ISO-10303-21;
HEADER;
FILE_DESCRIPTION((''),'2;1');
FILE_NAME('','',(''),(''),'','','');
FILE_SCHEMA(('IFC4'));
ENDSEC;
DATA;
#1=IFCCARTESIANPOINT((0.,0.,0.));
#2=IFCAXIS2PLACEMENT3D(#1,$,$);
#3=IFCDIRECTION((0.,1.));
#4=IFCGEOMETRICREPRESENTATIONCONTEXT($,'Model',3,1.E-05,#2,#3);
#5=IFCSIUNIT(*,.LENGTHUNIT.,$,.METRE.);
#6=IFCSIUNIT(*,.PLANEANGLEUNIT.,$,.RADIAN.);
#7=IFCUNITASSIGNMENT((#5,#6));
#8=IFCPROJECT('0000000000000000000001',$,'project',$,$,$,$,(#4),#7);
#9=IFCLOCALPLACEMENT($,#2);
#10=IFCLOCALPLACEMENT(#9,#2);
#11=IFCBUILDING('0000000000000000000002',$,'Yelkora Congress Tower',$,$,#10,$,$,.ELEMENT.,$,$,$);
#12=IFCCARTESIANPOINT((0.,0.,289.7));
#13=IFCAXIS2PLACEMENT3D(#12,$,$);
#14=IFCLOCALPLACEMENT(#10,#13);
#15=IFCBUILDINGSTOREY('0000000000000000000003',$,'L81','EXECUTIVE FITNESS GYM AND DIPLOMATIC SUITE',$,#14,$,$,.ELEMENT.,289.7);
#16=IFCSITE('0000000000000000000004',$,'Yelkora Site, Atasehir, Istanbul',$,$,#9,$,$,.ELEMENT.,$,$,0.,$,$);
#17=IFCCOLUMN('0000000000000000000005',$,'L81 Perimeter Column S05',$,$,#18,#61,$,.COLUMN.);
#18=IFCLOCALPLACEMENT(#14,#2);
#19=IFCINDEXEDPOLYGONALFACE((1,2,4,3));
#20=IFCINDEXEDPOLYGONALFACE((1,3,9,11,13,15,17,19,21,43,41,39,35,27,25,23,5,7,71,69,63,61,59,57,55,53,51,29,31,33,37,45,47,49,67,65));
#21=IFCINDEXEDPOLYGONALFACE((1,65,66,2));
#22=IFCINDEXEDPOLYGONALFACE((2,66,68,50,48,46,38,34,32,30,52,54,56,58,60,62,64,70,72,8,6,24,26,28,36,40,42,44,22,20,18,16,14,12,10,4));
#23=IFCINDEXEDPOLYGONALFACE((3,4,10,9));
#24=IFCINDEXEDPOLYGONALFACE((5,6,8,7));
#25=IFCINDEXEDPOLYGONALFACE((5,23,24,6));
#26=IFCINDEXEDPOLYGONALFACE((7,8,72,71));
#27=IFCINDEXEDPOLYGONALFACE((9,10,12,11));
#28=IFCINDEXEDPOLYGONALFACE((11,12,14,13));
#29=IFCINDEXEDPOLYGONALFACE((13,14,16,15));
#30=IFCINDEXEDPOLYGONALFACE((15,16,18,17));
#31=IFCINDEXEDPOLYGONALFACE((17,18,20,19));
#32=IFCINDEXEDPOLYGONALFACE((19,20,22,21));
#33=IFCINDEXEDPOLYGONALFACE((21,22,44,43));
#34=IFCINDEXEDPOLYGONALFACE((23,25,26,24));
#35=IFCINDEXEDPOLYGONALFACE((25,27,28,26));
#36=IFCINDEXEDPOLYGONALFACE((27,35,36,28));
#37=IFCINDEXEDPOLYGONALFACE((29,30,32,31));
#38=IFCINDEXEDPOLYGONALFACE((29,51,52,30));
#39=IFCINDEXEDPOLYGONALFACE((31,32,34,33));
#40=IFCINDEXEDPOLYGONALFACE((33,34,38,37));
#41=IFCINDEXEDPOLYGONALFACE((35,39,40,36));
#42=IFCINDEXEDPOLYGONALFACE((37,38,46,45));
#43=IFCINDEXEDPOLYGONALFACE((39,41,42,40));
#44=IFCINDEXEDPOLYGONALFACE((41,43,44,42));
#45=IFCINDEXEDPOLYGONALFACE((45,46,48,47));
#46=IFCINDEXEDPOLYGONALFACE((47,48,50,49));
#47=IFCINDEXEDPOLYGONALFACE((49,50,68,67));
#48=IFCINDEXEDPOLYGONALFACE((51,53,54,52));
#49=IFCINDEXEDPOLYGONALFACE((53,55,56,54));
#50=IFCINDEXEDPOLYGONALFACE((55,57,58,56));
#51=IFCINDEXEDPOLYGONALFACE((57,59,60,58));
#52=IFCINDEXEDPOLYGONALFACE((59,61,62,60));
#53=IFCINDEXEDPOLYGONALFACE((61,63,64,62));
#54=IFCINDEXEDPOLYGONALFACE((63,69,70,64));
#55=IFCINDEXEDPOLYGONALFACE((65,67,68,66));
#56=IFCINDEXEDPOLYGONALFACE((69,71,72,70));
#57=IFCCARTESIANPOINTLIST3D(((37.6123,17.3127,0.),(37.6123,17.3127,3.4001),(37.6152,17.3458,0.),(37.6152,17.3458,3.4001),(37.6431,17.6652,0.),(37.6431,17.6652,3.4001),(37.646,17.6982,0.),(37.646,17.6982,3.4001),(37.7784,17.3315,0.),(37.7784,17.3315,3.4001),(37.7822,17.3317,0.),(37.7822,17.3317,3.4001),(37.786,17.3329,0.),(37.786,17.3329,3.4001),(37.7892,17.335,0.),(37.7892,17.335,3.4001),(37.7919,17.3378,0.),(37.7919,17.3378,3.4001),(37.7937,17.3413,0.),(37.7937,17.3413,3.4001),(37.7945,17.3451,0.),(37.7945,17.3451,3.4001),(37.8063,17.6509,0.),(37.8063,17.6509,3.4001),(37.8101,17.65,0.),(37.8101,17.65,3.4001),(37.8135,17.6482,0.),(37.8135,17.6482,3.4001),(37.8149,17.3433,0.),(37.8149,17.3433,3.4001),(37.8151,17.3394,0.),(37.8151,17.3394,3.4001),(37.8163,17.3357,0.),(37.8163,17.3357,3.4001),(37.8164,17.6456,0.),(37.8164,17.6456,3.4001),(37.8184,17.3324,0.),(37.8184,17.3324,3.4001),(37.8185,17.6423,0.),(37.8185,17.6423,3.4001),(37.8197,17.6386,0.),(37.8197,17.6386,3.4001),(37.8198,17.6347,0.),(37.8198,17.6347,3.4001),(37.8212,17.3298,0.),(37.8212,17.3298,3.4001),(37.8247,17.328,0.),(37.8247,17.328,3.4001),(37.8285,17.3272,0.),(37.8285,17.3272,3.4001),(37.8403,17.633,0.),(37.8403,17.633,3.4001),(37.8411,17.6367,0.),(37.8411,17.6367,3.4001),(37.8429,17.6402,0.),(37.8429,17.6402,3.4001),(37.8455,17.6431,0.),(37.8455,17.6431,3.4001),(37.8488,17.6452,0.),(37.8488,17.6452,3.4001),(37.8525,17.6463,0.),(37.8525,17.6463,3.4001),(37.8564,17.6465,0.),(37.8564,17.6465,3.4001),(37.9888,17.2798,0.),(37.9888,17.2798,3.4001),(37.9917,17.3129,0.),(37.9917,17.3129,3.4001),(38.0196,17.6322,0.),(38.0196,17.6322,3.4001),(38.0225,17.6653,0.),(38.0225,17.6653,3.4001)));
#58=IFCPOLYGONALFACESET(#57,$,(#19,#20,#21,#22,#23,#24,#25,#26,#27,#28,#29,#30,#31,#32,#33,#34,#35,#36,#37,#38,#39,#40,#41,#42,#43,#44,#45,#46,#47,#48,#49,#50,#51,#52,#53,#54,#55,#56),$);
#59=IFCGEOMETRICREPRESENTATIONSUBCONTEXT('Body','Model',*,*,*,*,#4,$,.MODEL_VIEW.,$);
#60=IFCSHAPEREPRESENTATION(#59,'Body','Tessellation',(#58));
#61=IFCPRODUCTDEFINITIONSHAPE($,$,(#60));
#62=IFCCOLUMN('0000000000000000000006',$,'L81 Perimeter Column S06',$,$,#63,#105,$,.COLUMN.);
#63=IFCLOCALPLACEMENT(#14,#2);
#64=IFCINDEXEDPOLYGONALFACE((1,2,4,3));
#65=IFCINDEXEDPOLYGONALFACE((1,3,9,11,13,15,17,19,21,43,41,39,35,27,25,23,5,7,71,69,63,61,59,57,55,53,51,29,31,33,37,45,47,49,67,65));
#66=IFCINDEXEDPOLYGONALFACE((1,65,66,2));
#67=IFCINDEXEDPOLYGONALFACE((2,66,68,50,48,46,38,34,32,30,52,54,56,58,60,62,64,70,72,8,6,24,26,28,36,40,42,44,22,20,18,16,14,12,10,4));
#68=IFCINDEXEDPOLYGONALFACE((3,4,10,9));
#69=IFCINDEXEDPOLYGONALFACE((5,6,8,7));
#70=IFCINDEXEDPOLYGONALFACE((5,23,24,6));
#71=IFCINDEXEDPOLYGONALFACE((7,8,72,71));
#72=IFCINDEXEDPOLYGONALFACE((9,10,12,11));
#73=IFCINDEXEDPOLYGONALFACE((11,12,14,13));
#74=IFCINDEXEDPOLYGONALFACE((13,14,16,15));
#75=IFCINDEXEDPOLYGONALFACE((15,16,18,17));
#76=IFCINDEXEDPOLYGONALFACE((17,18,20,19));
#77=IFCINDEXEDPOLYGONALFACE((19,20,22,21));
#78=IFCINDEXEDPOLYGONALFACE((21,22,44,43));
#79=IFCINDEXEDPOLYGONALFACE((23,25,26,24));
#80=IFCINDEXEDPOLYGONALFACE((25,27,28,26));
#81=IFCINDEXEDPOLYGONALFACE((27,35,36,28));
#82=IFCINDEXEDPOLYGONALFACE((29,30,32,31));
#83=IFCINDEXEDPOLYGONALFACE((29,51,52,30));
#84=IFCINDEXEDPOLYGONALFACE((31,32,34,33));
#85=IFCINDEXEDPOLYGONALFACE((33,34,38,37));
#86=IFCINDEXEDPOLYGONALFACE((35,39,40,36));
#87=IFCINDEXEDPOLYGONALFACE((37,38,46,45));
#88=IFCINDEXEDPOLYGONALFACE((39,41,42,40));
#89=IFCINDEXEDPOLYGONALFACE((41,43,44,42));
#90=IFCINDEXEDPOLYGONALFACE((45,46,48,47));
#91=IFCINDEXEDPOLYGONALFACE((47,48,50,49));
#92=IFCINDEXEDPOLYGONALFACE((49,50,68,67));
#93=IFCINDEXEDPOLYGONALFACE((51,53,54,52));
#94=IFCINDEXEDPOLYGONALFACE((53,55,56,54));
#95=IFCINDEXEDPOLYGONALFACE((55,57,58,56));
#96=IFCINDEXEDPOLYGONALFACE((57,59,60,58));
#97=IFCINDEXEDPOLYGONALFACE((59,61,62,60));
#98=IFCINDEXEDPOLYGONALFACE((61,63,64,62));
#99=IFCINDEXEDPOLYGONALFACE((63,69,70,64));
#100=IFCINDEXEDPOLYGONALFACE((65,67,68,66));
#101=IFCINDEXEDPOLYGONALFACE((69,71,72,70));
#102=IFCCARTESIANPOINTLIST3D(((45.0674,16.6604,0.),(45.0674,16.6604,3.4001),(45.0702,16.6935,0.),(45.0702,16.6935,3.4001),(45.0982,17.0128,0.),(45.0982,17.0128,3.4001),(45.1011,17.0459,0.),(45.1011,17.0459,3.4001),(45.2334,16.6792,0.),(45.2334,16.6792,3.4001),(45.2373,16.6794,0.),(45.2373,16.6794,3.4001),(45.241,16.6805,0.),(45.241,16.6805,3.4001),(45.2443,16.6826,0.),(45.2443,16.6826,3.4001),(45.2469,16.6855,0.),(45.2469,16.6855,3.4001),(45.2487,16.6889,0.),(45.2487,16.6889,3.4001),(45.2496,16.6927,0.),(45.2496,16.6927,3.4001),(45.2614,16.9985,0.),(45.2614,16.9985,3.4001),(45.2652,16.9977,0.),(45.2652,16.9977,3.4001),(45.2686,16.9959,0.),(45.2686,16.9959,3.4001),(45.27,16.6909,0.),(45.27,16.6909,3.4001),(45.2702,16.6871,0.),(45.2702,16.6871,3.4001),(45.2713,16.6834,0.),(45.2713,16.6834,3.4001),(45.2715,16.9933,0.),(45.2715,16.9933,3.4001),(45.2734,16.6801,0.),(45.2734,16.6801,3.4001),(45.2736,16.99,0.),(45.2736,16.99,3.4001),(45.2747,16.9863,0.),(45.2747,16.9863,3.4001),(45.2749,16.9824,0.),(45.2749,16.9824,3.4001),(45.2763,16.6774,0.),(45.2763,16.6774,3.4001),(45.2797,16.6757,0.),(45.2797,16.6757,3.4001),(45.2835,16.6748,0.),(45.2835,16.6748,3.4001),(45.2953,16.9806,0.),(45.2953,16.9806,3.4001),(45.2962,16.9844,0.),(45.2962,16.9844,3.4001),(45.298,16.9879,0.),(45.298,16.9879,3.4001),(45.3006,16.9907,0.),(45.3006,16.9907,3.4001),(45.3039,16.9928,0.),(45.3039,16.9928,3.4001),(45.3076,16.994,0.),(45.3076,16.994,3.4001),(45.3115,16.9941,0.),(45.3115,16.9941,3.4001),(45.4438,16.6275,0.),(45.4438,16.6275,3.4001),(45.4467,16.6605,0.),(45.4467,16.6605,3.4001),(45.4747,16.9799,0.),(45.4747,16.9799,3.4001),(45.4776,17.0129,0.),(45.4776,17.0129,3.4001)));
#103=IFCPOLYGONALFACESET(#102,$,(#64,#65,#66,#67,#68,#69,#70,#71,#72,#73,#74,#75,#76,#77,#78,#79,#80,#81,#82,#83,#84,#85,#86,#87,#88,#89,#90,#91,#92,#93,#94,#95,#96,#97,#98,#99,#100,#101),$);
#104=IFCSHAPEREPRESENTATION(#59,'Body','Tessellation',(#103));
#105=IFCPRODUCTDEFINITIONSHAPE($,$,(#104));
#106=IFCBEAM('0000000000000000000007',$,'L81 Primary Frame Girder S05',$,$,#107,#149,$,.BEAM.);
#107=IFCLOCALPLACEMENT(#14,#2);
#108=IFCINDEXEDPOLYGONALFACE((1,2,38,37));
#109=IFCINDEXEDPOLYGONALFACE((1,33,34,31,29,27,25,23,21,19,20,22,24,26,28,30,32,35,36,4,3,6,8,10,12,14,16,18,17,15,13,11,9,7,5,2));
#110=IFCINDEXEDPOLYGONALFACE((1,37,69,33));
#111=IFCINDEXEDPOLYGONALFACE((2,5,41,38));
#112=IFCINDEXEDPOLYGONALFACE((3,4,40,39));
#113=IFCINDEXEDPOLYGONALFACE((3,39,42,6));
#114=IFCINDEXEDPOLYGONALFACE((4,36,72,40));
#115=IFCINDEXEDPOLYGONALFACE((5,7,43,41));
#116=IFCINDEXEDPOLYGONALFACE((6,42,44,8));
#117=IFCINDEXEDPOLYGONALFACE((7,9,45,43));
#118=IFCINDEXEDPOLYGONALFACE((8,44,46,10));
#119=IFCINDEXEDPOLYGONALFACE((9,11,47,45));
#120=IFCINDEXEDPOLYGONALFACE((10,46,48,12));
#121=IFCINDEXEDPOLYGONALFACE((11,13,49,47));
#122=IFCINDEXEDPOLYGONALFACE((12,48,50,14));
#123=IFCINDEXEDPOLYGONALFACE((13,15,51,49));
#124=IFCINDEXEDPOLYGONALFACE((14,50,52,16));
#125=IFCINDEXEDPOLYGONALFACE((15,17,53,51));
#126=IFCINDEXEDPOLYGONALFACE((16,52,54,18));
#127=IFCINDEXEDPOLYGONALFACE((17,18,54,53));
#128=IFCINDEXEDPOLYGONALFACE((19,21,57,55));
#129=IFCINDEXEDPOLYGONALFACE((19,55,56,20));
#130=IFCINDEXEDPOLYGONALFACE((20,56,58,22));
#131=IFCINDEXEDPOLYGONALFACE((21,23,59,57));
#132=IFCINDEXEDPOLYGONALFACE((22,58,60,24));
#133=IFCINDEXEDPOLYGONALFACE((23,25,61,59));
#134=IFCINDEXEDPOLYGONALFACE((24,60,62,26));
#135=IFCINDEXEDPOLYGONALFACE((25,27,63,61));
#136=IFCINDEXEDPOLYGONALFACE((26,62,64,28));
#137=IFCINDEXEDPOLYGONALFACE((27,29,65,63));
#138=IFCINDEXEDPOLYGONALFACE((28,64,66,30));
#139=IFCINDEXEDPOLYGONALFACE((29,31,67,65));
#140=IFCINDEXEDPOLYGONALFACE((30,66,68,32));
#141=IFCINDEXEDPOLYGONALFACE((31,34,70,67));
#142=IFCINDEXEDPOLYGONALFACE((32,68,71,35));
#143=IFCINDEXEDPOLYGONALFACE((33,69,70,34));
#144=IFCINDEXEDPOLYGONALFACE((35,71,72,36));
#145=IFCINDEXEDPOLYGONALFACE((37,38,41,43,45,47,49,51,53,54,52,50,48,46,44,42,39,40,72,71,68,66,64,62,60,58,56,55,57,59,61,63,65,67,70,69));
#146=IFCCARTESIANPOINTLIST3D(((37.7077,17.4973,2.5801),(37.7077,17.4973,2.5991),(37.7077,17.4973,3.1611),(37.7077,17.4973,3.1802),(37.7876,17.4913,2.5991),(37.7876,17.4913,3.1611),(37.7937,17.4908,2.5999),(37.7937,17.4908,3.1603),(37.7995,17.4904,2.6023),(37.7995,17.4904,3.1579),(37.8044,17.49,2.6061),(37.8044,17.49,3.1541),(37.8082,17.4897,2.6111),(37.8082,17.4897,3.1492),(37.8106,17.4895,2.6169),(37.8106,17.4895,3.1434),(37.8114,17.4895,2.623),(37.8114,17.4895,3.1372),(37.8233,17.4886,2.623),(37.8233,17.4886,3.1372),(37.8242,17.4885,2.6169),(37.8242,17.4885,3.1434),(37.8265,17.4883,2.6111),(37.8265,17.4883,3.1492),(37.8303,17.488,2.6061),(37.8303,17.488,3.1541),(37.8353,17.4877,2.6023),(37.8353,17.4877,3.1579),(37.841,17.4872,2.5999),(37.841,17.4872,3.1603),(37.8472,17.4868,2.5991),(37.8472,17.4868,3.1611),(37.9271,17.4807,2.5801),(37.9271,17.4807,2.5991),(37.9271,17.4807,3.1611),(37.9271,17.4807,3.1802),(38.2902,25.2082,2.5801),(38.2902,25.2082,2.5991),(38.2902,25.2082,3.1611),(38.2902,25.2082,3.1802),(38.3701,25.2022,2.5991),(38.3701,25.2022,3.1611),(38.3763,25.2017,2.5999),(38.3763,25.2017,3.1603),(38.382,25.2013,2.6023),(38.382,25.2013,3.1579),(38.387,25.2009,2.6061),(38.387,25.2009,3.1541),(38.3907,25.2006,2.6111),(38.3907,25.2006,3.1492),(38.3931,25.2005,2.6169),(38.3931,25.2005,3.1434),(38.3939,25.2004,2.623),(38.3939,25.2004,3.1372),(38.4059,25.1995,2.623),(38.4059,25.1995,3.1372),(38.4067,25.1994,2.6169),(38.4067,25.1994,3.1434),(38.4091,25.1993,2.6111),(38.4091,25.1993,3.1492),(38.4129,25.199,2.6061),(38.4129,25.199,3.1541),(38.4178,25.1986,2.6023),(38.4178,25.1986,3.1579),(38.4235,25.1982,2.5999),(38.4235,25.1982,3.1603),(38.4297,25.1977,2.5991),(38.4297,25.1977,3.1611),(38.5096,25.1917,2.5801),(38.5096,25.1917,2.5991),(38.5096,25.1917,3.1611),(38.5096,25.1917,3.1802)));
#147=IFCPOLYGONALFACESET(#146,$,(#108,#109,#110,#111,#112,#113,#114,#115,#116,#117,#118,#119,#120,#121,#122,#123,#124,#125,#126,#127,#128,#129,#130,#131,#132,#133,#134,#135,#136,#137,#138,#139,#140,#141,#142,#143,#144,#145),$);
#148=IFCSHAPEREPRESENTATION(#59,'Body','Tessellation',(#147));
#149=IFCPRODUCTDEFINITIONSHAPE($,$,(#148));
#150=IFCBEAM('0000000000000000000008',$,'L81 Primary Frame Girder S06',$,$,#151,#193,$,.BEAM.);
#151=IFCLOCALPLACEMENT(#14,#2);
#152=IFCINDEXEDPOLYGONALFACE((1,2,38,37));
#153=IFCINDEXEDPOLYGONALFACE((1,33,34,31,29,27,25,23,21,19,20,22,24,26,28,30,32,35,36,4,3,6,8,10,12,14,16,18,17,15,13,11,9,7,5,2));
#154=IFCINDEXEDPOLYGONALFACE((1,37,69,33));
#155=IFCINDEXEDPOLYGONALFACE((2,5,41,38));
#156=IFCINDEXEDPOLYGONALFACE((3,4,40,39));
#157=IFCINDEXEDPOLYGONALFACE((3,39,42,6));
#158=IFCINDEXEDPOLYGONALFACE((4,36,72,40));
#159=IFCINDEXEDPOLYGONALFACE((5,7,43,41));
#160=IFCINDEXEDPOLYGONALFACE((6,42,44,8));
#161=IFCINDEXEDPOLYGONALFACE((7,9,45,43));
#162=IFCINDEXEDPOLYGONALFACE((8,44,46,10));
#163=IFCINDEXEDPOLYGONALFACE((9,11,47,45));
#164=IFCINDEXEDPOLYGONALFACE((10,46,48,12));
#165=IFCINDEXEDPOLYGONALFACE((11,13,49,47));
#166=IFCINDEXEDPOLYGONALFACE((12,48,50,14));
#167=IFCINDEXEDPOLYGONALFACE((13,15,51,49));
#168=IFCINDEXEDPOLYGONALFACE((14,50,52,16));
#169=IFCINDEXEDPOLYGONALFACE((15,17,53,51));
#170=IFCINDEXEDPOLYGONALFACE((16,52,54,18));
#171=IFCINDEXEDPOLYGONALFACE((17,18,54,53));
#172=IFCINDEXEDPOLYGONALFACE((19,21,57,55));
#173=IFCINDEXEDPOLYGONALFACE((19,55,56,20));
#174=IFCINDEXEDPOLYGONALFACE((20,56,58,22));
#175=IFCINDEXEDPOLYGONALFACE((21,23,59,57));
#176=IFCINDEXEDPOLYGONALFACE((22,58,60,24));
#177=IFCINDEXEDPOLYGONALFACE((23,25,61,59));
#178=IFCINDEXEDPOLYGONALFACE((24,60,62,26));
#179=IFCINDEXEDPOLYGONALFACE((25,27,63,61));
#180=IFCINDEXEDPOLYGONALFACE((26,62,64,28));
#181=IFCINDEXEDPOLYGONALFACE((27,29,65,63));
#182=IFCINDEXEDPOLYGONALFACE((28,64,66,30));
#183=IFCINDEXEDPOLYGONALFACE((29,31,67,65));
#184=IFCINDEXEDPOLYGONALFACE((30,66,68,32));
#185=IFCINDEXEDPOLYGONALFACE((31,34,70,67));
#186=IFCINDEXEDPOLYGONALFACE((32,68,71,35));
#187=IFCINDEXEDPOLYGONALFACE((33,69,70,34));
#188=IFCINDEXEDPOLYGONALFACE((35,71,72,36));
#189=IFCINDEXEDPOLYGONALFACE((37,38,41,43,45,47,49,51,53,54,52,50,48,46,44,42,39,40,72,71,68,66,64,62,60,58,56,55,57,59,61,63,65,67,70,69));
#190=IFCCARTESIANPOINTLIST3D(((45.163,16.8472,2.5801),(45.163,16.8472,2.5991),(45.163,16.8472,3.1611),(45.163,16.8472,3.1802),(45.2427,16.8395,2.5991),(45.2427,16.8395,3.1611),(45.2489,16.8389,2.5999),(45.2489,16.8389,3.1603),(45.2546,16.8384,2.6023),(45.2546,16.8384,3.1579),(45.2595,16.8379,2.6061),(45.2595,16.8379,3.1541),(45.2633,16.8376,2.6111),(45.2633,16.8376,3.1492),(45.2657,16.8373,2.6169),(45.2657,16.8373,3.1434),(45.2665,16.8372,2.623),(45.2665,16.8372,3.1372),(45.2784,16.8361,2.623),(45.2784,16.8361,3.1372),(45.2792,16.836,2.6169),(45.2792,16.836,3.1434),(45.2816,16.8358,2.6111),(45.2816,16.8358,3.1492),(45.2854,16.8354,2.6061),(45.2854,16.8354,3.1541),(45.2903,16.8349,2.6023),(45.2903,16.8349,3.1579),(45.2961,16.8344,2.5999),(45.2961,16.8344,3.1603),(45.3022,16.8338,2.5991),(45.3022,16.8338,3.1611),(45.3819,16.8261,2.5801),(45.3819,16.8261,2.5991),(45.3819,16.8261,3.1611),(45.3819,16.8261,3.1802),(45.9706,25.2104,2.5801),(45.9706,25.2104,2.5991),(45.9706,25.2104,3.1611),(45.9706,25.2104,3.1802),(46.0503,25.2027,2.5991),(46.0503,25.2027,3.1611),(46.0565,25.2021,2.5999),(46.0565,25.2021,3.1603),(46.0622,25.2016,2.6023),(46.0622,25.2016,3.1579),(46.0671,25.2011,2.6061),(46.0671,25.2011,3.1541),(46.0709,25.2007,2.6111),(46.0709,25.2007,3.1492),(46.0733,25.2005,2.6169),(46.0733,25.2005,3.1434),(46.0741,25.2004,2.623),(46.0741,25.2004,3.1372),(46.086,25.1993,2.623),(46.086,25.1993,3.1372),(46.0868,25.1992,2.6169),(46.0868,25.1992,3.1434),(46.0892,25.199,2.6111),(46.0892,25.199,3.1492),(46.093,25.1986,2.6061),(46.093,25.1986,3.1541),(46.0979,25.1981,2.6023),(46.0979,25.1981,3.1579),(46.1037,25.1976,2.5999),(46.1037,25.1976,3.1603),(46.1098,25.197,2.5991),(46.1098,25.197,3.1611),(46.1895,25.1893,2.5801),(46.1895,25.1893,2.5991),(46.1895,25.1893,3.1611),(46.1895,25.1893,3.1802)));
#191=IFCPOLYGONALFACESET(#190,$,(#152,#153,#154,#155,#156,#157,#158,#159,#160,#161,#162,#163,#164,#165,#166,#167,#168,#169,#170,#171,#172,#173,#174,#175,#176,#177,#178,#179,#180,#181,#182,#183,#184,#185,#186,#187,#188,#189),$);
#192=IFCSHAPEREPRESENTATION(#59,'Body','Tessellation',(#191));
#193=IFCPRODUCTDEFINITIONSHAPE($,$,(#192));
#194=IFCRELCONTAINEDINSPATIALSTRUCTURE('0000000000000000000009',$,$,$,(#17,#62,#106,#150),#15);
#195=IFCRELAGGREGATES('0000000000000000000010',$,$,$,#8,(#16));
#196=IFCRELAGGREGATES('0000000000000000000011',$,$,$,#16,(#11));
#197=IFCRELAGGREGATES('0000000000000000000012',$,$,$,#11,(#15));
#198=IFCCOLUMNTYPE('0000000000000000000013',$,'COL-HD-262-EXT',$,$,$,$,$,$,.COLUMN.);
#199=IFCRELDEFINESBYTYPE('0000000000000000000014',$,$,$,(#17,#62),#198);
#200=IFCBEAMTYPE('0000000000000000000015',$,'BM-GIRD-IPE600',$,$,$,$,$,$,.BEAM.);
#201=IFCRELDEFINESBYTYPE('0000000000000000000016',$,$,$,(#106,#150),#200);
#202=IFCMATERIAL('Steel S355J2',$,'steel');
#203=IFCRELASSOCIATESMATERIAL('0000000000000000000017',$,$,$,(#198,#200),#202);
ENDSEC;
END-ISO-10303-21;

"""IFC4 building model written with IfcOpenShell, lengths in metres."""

from ifc_helpers import new_model, si_unit, direction, frame, origin, origin_2d, place, context, subcontext, project, spatial, i_section, extrude, material, material_profile, profile_set, type_object, element, save


model = new_model("IFC4")

# Units and contexts
model_context = context("Model", 3, precision=1e-05, world=origin(), true_north=direction((0.0, 1.0)))
body_context = subcontext(model_context, "Body", "Model", "MODEL_VIEW")
ifc_project = project(units=[si_unit("LENGTHUNIT", "METRE"), si_unit("PLANEANGLEUNIT", "RADIAN")], contexts=[model_context])

# Site, building, storey
site_placement = place(None, origin())
site = spatial("IfcSite", under=ifc_project, at=site_placement, Name="Yelkora Site, Atasehir, Istanbul", CompositionType="ELEMENT", RefElevation=0.0)
building_placement = place(site_placement, origin())
building = spatial("IfcBuilding", under=site, at=building_placement, Name="Yelkora Congress Tower", CompositionType="ELEMENT")
storey_placement = place(building_placement, frame((0.0, 0.0, 289.7)))
storey = spatial("IfcBuildingStorey", under=building, at=storey_placement, Name="L81", Description="EXECUTIVE FITNESS GYM AND DIPLOMATIC SUITE", CompositionType="ELEMENT", Elevation=289.7)

# Columns
ifc_material_1 = material(Name="Steel S355J2", Category="steel")
ifc_material_profile_1 = material_profile(ifc_material_1, i_section(OverallWidth=0.3779, OverallDepth=0.387, WebThickness=0.0205, FlangeThickness=0.0332, FilletRadius=0.0149, at=origin_2d()), Name="HD 360x262")
ifc_profile_set_1 = profile_set([ifc_material_profile_1], Name="Steel S355J2")
column_type = type_object("IfcColumnType", Name="COL-HD-262-EXT", PredefinedType="COLUMN", material=ifc_profile_set_1)
for number, where, z_axis, x_axis, name in (
    (1, (37.8174, 17.489, 0.0), (0.0, 0.0, 1.0), (0.996195, -0.087156, 0.0), "L81 Perimeter Column S05"),
    (2, (45.2725, 16.8367, 0.0), (0.0, 0.0, 1.0), (0.996195, -0.087156, 0.0), "L81 Perimeter Column S06"),
):
    element("IfcColumn", number, at=place(storey_placement, frame(where, z_axis=z_axis, x_axis=x_axis)), inside=storey, type_object=column_type, Name=name, PredefinedType="COLUMN", context=body_context, shape_type="SweptSolid", body=[
        extrude(i_section(OverallWidth=0.3779, OverallDepth=0.387, WebThickness=0.0205, FlangeThickness=0.0332, FilletRadius=0.0149, at=origin_2d()), origin(), (0.0, 0.0, 1.0), 3.4001),
    ])

# Beams
ifc_material_profile_2 = material_profile(ifc_material_1, i_section(OverallWidth=0.22, OverallDepth=0.6001, WebThickness=0.012, FlangeThickness=0.019, FilletRadius=0.0239, at=origin_2d()), Name="IPE 600")
ifc_profile_set_2 = profile_set([ifc_material_profile_2], Name="Steel S355J2")
beam_type_1 = type_object("IfcBeamType", Name="BM-GIRD-IPE600", PredefinedType="BEAM", material=ifc_profile_set_2)
beam_1_placement = place(storey_placement, frame((37.8174, 17.489, 2.8801), z_axis=(0.07533, 0.997159, 0.0), x_axis=(-0.997159, 0.07533, 0.0)))
element("IfcBeam", 3, at=beam_1_placement, inside=storey, type_object=beam_type_1, Name="L81 Primary Frame Girder S05", PredefinedType="BEAM", context=body_context, shape_type="SweptSolid", body=[
    extrude(i_section(OverallWidth=0.22, OverallDepth=0.6001, WebThickness=0.012, FlangeThickness=0.019, FilletRadius=0.0239, at=origin_2d()), origin(), (0.0, 0.0, 1.0), 7.7329),
])
beam_2_placement = place(storey_placement, frame((45.2725, 16.8367, 2.8801), z_axis=(0.09612, 0.99537, 0.0), x_axis=(-0.99537, 0.09612, 0.0)))
element("IfcBeam", 4, at=beam_2_placement, inside=storey, type_object=beam_type_1, Name="L81 Primary Frame Girder S06", PredefinedType="BEAM", context=body_context, shape_type="SweptSolid", body=[
    extrude(i_section(OverallWidth=0.22, OverallDepth=0.6001, WebThickness=0.012, FlangeThickness=0.019, FilletRadius=0.0239, at=origin_2d()), origin(), (0.0, 0.0, 1.0), 8.4021),
])

save(model, "model.ifc")
